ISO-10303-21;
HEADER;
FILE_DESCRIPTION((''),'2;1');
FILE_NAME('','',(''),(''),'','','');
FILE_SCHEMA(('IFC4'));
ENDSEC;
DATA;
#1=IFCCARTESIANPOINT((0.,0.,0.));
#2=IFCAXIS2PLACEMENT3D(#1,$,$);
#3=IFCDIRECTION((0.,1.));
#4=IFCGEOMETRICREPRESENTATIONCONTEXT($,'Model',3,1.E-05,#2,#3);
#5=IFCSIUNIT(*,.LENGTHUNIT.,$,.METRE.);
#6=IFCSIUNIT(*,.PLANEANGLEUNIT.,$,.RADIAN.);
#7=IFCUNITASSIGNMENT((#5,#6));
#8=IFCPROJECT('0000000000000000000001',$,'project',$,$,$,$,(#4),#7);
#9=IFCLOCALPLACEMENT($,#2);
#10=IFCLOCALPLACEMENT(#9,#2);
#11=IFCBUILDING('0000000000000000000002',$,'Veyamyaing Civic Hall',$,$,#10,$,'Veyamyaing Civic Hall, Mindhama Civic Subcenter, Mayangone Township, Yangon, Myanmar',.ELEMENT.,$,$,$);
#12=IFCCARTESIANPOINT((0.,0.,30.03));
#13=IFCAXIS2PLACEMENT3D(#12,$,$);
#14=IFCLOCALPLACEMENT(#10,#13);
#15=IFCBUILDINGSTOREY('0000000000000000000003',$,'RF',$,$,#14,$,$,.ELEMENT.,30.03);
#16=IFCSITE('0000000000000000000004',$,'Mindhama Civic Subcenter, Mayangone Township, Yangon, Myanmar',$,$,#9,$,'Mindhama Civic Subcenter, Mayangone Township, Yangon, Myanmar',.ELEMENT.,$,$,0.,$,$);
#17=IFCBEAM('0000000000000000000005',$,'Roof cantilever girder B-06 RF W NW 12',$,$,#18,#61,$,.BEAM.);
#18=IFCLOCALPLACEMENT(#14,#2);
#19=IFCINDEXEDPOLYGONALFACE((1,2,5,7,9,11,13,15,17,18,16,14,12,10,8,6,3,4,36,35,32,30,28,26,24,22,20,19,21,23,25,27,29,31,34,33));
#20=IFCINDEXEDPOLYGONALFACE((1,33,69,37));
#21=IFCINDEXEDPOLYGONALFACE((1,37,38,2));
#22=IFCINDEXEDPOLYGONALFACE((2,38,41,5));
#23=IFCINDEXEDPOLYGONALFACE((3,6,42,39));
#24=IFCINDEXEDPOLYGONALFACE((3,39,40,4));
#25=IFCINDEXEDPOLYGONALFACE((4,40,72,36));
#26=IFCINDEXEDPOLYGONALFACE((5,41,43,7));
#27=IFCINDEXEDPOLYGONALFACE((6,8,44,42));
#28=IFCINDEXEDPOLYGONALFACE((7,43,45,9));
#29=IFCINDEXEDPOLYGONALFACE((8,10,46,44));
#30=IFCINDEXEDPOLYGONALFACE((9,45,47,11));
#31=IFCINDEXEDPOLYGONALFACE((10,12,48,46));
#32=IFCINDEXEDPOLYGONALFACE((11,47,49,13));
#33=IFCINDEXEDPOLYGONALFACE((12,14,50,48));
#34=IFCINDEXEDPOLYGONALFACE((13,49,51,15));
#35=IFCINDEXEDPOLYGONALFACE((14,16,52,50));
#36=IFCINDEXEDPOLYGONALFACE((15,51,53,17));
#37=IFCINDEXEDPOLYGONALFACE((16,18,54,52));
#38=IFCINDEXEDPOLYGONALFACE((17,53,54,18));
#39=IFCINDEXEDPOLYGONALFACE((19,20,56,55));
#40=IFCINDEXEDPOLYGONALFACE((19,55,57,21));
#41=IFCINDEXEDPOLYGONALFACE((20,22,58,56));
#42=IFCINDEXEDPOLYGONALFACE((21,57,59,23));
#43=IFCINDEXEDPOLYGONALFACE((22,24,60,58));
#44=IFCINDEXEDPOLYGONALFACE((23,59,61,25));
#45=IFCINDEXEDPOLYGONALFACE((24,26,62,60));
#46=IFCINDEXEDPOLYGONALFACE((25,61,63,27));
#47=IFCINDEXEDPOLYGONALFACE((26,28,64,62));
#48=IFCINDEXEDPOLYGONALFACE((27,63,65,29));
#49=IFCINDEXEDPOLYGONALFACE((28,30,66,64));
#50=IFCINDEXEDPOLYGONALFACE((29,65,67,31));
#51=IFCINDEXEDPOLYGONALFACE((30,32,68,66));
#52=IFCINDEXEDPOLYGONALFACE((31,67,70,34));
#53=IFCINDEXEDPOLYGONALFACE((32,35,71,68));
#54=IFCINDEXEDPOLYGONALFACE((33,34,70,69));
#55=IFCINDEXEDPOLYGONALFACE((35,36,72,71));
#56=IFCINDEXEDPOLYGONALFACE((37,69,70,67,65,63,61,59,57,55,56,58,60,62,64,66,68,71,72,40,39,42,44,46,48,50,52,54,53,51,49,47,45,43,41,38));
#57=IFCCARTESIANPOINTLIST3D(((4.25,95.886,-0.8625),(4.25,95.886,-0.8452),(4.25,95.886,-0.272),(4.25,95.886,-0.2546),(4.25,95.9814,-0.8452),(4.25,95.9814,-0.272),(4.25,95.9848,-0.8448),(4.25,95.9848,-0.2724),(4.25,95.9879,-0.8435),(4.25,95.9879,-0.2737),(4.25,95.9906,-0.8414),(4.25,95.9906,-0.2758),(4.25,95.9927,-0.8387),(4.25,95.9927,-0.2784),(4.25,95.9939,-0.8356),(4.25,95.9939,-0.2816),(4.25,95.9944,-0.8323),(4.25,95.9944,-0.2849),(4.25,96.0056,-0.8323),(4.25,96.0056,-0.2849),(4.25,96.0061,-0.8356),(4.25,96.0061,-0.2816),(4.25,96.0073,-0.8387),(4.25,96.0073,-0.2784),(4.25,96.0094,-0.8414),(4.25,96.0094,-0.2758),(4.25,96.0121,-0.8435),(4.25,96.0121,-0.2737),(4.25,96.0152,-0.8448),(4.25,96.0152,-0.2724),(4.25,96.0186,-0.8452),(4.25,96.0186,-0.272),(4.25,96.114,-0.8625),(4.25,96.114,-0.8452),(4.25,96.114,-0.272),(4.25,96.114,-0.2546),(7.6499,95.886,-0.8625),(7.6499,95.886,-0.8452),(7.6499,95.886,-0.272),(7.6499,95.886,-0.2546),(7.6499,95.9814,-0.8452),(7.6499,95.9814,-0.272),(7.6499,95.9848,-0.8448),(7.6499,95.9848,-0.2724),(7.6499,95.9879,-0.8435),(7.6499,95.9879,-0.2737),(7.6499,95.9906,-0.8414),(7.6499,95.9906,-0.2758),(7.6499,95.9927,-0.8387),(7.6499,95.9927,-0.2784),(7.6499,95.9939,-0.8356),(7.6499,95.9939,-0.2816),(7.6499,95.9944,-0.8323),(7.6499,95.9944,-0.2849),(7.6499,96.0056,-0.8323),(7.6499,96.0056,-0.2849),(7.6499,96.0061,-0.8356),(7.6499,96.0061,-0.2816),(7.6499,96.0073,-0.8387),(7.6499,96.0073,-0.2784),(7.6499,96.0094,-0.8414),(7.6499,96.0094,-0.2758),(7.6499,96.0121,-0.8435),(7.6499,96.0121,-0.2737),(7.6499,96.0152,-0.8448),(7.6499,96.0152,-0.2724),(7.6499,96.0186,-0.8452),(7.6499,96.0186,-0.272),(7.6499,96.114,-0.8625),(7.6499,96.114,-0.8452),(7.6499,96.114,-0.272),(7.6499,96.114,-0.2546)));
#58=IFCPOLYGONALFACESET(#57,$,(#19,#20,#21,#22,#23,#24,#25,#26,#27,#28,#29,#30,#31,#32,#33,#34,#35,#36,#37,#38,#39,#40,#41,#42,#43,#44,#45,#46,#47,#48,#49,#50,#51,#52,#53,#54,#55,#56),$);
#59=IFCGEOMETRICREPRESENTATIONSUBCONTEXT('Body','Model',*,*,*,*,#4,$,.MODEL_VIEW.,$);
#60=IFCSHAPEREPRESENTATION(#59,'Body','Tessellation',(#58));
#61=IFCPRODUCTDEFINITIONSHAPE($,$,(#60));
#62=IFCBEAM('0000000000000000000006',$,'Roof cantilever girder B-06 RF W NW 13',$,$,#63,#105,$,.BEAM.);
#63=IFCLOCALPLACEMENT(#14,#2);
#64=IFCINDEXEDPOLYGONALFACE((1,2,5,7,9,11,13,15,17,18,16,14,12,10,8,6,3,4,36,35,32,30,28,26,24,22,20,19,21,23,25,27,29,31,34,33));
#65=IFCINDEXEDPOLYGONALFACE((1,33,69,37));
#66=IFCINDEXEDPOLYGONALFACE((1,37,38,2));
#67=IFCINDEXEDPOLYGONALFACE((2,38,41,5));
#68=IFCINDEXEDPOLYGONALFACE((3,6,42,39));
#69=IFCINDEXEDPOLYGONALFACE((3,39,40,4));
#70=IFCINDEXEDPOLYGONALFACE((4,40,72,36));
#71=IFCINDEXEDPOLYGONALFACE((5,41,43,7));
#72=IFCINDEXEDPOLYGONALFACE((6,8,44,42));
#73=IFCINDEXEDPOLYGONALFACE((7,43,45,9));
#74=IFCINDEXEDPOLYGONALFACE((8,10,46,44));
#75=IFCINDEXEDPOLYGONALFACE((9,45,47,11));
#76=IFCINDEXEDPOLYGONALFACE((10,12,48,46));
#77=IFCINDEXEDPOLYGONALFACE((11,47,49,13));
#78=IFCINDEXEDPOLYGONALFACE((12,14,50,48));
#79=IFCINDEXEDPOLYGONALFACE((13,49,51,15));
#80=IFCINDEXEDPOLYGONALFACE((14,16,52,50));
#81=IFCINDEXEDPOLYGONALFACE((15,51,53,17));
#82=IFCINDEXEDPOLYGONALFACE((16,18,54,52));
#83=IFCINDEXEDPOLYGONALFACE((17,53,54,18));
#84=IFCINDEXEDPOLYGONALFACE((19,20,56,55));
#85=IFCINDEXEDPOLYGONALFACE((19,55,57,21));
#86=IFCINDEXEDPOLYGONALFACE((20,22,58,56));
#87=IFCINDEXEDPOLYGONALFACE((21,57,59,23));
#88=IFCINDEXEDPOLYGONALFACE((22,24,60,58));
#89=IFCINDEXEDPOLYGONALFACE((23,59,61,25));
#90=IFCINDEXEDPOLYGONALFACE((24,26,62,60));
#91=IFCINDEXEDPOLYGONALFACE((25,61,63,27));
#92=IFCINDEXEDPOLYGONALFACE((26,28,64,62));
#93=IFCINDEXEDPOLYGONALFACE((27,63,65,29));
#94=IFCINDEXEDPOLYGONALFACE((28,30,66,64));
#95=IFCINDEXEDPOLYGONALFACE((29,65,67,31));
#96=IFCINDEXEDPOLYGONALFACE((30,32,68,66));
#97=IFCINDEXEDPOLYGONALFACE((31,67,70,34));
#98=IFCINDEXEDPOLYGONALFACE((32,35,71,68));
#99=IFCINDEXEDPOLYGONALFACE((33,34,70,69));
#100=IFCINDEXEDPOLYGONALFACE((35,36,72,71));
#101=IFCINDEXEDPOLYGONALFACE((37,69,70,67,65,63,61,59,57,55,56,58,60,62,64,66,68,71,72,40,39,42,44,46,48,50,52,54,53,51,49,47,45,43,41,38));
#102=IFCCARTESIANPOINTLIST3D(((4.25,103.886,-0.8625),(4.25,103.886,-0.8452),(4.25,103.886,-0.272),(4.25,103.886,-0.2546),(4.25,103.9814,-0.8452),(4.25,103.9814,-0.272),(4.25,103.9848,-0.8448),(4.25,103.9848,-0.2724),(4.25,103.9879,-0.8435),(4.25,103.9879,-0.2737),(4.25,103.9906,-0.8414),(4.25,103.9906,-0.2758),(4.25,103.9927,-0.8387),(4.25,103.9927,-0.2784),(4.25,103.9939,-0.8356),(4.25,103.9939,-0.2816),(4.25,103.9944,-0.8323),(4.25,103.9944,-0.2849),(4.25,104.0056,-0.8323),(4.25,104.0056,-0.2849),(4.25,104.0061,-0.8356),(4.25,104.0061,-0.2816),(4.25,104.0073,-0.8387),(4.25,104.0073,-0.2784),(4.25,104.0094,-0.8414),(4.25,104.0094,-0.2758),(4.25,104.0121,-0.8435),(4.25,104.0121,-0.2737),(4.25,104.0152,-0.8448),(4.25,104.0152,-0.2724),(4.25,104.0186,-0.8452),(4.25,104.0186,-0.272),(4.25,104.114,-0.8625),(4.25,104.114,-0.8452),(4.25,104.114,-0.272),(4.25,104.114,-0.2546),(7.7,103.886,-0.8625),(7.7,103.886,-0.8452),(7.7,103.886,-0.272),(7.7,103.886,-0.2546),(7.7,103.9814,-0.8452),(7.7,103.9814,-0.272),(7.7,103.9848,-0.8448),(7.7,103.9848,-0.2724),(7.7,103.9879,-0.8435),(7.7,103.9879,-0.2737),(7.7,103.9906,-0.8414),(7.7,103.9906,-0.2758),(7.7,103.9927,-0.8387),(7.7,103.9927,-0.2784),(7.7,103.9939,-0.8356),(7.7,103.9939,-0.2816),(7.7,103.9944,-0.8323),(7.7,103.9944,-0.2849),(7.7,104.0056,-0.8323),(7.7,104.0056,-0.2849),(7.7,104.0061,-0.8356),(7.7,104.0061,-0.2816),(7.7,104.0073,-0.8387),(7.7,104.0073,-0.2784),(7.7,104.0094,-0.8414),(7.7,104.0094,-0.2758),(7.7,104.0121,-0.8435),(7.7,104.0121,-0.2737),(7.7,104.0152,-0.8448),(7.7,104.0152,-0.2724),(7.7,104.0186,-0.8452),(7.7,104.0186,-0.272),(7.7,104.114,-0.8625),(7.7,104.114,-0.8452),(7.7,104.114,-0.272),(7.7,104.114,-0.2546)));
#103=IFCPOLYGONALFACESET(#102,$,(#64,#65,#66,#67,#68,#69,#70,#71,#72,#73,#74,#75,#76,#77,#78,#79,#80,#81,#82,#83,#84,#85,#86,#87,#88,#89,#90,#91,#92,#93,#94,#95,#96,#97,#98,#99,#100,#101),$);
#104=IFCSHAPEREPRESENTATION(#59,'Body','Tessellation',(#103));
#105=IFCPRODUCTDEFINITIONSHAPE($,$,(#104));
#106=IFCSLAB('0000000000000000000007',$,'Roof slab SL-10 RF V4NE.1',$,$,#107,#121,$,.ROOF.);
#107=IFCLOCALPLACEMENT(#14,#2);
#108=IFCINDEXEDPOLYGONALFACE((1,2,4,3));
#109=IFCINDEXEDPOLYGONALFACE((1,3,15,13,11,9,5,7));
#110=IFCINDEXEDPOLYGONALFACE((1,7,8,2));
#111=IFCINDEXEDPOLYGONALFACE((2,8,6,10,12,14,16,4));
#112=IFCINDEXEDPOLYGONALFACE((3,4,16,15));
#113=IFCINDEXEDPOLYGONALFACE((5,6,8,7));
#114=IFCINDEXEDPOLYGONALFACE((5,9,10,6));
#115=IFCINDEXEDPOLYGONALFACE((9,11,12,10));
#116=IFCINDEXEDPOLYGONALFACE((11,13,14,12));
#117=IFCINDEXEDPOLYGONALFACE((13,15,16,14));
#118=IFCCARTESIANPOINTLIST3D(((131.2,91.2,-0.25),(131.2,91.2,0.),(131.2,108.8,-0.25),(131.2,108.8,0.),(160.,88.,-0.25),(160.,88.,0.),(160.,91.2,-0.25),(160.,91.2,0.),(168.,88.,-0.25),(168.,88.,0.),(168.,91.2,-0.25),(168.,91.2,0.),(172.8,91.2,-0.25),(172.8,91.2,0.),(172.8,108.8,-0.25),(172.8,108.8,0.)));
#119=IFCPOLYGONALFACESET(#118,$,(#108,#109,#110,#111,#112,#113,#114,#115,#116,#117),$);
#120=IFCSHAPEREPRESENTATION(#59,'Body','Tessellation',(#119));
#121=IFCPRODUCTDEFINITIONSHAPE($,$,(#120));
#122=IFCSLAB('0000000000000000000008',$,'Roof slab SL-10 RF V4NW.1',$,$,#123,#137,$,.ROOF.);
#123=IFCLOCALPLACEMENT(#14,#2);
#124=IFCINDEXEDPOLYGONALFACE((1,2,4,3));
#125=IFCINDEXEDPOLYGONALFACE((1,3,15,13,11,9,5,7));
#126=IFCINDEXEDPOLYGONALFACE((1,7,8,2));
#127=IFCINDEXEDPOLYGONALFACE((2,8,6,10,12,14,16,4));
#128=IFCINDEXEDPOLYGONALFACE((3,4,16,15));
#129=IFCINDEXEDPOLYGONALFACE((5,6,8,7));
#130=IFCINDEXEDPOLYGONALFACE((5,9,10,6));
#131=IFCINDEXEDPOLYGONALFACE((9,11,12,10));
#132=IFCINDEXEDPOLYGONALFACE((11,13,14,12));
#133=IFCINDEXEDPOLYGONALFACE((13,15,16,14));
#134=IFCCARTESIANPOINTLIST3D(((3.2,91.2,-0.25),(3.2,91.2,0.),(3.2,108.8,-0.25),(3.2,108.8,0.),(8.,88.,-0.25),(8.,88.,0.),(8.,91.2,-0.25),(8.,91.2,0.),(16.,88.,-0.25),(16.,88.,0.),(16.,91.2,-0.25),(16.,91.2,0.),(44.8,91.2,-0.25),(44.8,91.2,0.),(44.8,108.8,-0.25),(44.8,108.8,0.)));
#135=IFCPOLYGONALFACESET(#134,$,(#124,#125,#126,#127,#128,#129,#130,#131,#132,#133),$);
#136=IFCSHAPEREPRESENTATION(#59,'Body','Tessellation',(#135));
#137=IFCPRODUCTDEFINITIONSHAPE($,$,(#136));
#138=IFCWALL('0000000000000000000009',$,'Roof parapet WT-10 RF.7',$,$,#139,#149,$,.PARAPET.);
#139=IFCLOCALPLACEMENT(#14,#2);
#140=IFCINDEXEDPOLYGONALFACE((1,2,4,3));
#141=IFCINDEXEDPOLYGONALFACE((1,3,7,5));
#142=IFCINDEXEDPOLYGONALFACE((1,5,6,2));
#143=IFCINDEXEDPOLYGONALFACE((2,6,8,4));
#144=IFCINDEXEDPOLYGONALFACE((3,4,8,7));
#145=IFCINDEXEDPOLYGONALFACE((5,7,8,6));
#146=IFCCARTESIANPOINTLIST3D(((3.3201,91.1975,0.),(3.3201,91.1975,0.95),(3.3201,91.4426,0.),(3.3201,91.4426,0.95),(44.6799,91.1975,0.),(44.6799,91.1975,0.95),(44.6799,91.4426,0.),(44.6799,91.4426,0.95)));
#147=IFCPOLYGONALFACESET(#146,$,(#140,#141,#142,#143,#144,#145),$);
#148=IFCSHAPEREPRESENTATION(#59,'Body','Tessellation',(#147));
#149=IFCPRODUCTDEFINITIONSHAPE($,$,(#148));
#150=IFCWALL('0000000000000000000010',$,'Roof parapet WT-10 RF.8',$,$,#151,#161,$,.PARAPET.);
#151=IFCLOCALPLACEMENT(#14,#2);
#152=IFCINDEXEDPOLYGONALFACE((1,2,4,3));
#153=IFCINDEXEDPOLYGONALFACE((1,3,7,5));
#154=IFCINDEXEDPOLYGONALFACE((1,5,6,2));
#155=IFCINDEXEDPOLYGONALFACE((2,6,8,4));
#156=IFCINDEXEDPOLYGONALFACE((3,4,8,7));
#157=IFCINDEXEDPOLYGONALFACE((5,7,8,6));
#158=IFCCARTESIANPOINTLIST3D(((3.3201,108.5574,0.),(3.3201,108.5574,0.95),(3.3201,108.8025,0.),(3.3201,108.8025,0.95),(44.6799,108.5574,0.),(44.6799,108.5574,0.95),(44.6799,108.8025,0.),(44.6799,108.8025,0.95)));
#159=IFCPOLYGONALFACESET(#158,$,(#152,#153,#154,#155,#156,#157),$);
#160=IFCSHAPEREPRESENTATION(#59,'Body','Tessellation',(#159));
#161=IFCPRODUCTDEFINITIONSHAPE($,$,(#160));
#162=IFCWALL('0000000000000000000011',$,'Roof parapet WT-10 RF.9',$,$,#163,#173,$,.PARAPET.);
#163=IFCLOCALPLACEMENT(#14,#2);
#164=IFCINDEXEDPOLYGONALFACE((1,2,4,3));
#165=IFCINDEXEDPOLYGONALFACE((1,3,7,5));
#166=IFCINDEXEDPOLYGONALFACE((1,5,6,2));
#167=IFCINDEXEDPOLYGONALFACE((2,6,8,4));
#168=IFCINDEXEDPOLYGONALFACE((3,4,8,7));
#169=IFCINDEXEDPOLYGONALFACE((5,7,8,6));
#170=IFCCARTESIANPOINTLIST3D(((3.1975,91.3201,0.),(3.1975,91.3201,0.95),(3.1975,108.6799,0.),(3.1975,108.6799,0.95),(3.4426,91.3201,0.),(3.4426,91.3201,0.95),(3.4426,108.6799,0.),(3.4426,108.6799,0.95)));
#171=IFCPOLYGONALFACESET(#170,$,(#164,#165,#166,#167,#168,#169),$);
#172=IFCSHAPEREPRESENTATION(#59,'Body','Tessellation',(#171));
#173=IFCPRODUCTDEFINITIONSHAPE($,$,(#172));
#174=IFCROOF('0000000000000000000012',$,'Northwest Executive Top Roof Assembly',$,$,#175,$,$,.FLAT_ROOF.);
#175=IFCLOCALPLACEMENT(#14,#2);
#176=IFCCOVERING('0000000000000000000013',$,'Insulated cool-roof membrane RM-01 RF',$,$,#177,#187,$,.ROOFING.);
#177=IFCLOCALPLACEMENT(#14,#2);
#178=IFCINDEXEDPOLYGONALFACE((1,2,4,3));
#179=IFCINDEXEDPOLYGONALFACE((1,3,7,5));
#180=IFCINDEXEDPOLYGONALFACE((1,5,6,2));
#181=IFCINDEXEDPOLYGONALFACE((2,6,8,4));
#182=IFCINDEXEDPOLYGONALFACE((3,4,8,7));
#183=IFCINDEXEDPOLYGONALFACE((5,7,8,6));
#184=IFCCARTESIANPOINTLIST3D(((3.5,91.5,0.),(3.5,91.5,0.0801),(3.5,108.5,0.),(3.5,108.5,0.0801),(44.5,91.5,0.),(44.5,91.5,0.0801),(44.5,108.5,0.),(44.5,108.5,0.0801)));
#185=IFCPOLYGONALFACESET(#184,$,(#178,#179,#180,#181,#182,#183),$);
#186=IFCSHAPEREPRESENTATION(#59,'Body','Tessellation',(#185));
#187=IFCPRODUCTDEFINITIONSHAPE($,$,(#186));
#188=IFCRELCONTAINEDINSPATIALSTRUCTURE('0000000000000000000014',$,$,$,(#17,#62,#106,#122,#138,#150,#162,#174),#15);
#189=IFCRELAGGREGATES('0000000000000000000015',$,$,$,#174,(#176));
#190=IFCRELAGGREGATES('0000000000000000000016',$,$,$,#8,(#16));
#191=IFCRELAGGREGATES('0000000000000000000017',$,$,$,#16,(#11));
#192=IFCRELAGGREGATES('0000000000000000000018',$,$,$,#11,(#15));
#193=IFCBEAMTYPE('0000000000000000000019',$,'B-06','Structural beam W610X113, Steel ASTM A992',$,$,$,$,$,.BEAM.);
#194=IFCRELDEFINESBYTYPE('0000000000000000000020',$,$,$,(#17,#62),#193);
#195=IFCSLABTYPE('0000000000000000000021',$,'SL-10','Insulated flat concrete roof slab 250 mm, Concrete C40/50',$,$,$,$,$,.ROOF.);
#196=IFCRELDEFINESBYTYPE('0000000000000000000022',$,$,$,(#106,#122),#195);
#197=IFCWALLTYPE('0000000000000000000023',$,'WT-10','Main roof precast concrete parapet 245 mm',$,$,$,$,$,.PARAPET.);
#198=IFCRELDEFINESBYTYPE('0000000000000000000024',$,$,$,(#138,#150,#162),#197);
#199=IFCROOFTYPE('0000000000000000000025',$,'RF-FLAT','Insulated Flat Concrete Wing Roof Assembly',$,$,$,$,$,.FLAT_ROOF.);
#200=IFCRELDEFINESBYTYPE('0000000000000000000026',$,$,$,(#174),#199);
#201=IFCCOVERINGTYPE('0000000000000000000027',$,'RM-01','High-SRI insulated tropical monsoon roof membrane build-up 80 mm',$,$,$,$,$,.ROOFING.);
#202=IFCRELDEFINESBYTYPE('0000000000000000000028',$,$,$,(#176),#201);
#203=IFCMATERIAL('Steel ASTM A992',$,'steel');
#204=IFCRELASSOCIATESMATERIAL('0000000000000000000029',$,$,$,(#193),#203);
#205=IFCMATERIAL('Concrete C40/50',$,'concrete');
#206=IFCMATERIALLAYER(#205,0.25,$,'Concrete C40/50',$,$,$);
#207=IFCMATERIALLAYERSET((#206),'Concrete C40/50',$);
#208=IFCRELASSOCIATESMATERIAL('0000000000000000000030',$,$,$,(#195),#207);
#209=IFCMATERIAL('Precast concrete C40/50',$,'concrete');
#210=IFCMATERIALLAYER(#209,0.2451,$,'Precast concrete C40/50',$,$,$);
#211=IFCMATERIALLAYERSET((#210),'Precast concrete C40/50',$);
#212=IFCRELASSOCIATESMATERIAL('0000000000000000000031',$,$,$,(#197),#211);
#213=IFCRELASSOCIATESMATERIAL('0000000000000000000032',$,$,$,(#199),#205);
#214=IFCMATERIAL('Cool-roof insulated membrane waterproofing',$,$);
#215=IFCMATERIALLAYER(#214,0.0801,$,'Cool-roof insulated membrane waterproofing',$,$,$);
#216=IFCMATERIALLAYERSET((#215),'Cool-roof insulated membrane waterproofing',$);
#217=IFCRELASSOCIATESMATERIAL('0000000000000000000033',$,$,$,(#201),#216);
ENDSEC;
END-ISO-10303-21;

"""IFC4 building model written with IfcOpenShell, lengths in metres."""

from ifc_helpers import new_model, si_unit, direction, frame, frame_2d, origin, origin_2d, place, context, subcontext, project, spatial, polyline, rectangle, i_section, outline, extrude, material, layer, layer_set, material_profile, profile_set, type_object, element, aggregate, save


model = new_model("IFC4")

# Units and contexts
model_context = context("Model", 3, precision=1e-05, world=origin(), true_north=direction((0.0, 1.0)))
body_context = subcontext(model_context, "Body", "Model", "MODEL_VIEW")
ifc_project = project(units=[si_unit("LENGTHUNIT", "METRE"), si_unit("PLANEANGLEUNIT", "RADIAN")], contexts=[model_context])

# Site, building, storey
site_placement = place(None, origin())
site = spatial("IfcSite", under=ifc_project, at=site_placement, Name="Mindhama Civic Subcenter, Mayangone Township, Yangon, Myanmar", LongName="Mindhama Civic Subcenter, Mayangone Township, Yangon, Myanmar", CompositionType="ELEMENT", RefElevation=0.0)
building_placement = place(site_placement, origin())
building = spatial("IfcBuilding", under=site, at=building_placement, Name="Veyamyaing Civic Hall", LongName="Veyamyaing Civic Hall, Mindhama Civic Subcenter, Mayangone Township, Yangon, Myanmar", CompositionType="ELEMENT")
storey_placement = place(building_placement, frame((0.0, 0.0, 30.03)))
storey = spatial("IfcBuildingStorey", under=building, at=storey_placement, Name="RF", CompositionType="ELEMENT", Elevation=30.03)

# Beams
ifc_material_1 = material(Name="Steel ASTM A992", Category="steel")
ifc_material_profile_1 = material_profile(ifc_material_1, i_section(OverallWidth=0.228, OverallDepth=0.6079, WebThickness=0.0112, FlangeThickness=0.0173, FilletRadius=0.0129, at=origin_2d()), Name="W610X113")
ifc_profile_set_1 = profile_set([ifc_material_profile_1], Name="Steel ASTM A992")
beam_type_1 = type_object("IfcBeamType", Name="B-06", Description="Structural beam W610X113, Steel ASTM A992", PredefinedType="BEAM", material=ifc_profile_set_1)
for number, where, z_axis, x_axis, name in (
    (1, (4.25, 96.0, -0.5586), (1.0, 0.0, 0.0), (0.0, 1.0, 0.0), "Roof cantilever girder B-06 RF W NW 12"),
):
    element("IfcBeam", number, at=place(storey_placement, frame(where, z_axis=z_axis, x_axis=x_axis)), inside=storey, type_object=beam_type_1, Name=name, PredefinedType="BEAM", context=body_context, shape_type="SweptSolid", body=[
        extrude(i_section(OverallWidth=0.228, OverallDepth=0.6079, WebThickness=0.0112, FlangeThickness=0.0173, FilletRadius=0.0129, at=origin_2d()), origin(), (0.0, 0.0, 1.0), 3.3999),
    ])
beam_1_placement = place(storey_placement, frame((4.25, 104.0, -0.5586), z_axis=(1.0, 0.0, 0.0), x_axis=(0.0, 1.0, 0.0)))
element("IfcBeam", 2, at=beam_1_placement, inside=storey, type_object=beam_type_1, Name="Roof cantilever girder B-06 RF W NW 13", PredefinedType="BEAM", context=body_context, shape_type="SweptSolid", body=[
    extrude(i_section(OverallWidth=0.228, OverallDepth=0.6079, WebThickness=0.0112, FlangeThickness=0.0173, FilletRadius=0.0129, at=origin_2d()), origin(), (0.0, 0.0, 1.0), 3.45),
])

# Slabs
ifc_material_2 = material(Name="Concrete C40/50", Category="concrete")
ifc_layer_1 = layer(ifc_material_2, 0.25, Name="Concrete C40/50")
ifc_layer_set_1 = layer_set([ifc_layer_1], Name="Concrete C40/50")
slab_type = type_object("IfcSlabType", Name="SL-10", Description="Insulated flat concrete roof slab 250 mm, Concrete C40/50", PredefinedType="ROOF", material=ifc_layer_set_1)
slab_1_placement = place(storey_placement, frame((0.0, 0.0, -0.25)))
element("IfcSlab", 3, at=slab_1_placement, inside=storey, type_object=slab_type, Name="Roof slab SL-10 RF V4NE.1", PredefinedType="ROOF", context=body_context, shape_type="SweptSolid", body=[
    extrude(outline(polyline([(160.0, 88.0), (160.0, 91.2), (131.2, 91.2), (131.2, 108.8), (172.8, 108.8), (172.8, 91.2), (168.0, 91.2), (168.0, 88.0), (160.0, 88.0)])), origin(), (0.0, 0.0, 1.0), 0.25),
])
slab_2_placement = place(storey_placement, frame((0.0, 0.0, -0.25)))
element("IfcSlab", 4, at=slab_2_placement, inside=storey, type_object=slab_type, Name="Roof slab SL-10 RF V4NW.1", PredefinedType="ROOF", context=body_context, shape_type="SweptSolid", body=[
    extrude(outline(polyline([(8.0, 88.0), (8.0, 91.2), (3.2, 91.2), (3.2, 108.8), (44.8, 108.8), (44.8, 91.2), (16.0, 91.2), (16.0, 88.0), (8.0, 88.0)])), origin(), (0.0, 0.0, 1.0), 0.25),
])

# Walls
ifc_material_3 = material(Name="Precast concrete C40/50", Category="concrete")
ifc_layer_2 = layer(ifc_material_3, 0.2451, Name="Precast concrete C40/50")
ifc_layer_set_2 = layer_set([ifc_layer_2], Name="Precast concrete C40/50")
wall_type = type_object("IfcWallType", Name="WT-10", Description="Main roof precast concrete parapet 245 mm", PredefinedType="PARAPET", material=ifc_layer_set_2)
for number, where, z_axis, x_axis, name in (
    (5, (3.3201, 91.3201, 0.0), (0.0, 0.0, 1.0), (1.0, 0.0, 0.0), "Roof parapet WT-10 RF.7"),
    (6, (3.3201, 108.6799, 0.0), (0.0, 0.0, 1.0), (1.0, 0.0, 0.0), "Roof parapet WT-10 RF.8"),
):
    element("IfcWall", number, at=place(storey_placement, frame(where, z_axis=z_axis, x_axis=x_axis)), inside=storey, type_object=wall_type, Name=name, PredefinedType="PARAPET", context=body_context, shape_type="SweptSolid", body=[
        extrude(rectangle(XDim=41.3599, YDim=0.2451, at=frame_2d((20.6799, 0.0))), origin(), (0.0, 0.0, 1.0), 0.95),
    ])
wall_placement = place(storey_placement, frame((3.3201, 91.3201, 0.0), z_axis=(0.0, 0.0, 1.0), x_axis=(0.0, 1.0, 0.0)))
element("IfcWall", 7, at=wall_placement, inside=storey, type_object=wall_type, Name="Roof parapet WT-10 RF.9", PredefinedType="PARAPET", context=body_context, shape_type="SweptSolid", body=[
    extrude(rectangle(XDim=17.3599, YDim=0.2451, at=frame_2d((8.6799, 0.0))), origin(), (0.0, 0.0, 1.0), 0.95),
])

# Roof, covering
roof_type = type_object("IfcRoofType", Name="RF-FLAT", Description="Insulated Flat Concrete Wing Roof Assembly", PredefinedType="FLAT_ROOF", material=ifc_material_2)
roof_1_placement = place(storey_placement, origin())
roof_1 = element("IfcRoof", 8, at=roof_1_placement, inside=storey, type_object=roof_type, Name="Northwest Executive Top Roof Assembly", PredefinedType="FLAT_ROOF")
ifc_material_4 = material(Name="Cool-roof insulated membrane waterproofing")
ifc_layer_3 = layer(ifc_material_4, 0.0801, Name="Cool-roof insulated membrane waterproofing")
ifc_layer_set_3 = layer_set([ifc_layer_3], Name="Cool-roof insulated membrane waterproofing")
covering_type = type_object("IfcCoveringType", Name="RM-01", Description="High-SRI insulated tropical monsoon roof membrane build-up 80 mm", PredefinedType="ROOFING", material=ifc_layer_set_3)
covering_1_placement = place(storey_placement, origin())
covering_1 = element("IfcCovering", 9, at=covering_1_placement, type_object=covering_type, Name="Insulated cool-roof membrane RM-01 RF", PredefinedType="ROOFING", context=body_context, shape_type="SweptSolid", body=[
    extrude(outline(polyline([(3.5, 91.5), (44.5, 91.5), (44.5, 108.5), (3.5, 108.5), (3.5, 91.5)])), origin(), (0.0, 0.0, 1.0), 0.0801),
])
aggregate(roof_1, [covering_1])

save(model, "model.ifc")
